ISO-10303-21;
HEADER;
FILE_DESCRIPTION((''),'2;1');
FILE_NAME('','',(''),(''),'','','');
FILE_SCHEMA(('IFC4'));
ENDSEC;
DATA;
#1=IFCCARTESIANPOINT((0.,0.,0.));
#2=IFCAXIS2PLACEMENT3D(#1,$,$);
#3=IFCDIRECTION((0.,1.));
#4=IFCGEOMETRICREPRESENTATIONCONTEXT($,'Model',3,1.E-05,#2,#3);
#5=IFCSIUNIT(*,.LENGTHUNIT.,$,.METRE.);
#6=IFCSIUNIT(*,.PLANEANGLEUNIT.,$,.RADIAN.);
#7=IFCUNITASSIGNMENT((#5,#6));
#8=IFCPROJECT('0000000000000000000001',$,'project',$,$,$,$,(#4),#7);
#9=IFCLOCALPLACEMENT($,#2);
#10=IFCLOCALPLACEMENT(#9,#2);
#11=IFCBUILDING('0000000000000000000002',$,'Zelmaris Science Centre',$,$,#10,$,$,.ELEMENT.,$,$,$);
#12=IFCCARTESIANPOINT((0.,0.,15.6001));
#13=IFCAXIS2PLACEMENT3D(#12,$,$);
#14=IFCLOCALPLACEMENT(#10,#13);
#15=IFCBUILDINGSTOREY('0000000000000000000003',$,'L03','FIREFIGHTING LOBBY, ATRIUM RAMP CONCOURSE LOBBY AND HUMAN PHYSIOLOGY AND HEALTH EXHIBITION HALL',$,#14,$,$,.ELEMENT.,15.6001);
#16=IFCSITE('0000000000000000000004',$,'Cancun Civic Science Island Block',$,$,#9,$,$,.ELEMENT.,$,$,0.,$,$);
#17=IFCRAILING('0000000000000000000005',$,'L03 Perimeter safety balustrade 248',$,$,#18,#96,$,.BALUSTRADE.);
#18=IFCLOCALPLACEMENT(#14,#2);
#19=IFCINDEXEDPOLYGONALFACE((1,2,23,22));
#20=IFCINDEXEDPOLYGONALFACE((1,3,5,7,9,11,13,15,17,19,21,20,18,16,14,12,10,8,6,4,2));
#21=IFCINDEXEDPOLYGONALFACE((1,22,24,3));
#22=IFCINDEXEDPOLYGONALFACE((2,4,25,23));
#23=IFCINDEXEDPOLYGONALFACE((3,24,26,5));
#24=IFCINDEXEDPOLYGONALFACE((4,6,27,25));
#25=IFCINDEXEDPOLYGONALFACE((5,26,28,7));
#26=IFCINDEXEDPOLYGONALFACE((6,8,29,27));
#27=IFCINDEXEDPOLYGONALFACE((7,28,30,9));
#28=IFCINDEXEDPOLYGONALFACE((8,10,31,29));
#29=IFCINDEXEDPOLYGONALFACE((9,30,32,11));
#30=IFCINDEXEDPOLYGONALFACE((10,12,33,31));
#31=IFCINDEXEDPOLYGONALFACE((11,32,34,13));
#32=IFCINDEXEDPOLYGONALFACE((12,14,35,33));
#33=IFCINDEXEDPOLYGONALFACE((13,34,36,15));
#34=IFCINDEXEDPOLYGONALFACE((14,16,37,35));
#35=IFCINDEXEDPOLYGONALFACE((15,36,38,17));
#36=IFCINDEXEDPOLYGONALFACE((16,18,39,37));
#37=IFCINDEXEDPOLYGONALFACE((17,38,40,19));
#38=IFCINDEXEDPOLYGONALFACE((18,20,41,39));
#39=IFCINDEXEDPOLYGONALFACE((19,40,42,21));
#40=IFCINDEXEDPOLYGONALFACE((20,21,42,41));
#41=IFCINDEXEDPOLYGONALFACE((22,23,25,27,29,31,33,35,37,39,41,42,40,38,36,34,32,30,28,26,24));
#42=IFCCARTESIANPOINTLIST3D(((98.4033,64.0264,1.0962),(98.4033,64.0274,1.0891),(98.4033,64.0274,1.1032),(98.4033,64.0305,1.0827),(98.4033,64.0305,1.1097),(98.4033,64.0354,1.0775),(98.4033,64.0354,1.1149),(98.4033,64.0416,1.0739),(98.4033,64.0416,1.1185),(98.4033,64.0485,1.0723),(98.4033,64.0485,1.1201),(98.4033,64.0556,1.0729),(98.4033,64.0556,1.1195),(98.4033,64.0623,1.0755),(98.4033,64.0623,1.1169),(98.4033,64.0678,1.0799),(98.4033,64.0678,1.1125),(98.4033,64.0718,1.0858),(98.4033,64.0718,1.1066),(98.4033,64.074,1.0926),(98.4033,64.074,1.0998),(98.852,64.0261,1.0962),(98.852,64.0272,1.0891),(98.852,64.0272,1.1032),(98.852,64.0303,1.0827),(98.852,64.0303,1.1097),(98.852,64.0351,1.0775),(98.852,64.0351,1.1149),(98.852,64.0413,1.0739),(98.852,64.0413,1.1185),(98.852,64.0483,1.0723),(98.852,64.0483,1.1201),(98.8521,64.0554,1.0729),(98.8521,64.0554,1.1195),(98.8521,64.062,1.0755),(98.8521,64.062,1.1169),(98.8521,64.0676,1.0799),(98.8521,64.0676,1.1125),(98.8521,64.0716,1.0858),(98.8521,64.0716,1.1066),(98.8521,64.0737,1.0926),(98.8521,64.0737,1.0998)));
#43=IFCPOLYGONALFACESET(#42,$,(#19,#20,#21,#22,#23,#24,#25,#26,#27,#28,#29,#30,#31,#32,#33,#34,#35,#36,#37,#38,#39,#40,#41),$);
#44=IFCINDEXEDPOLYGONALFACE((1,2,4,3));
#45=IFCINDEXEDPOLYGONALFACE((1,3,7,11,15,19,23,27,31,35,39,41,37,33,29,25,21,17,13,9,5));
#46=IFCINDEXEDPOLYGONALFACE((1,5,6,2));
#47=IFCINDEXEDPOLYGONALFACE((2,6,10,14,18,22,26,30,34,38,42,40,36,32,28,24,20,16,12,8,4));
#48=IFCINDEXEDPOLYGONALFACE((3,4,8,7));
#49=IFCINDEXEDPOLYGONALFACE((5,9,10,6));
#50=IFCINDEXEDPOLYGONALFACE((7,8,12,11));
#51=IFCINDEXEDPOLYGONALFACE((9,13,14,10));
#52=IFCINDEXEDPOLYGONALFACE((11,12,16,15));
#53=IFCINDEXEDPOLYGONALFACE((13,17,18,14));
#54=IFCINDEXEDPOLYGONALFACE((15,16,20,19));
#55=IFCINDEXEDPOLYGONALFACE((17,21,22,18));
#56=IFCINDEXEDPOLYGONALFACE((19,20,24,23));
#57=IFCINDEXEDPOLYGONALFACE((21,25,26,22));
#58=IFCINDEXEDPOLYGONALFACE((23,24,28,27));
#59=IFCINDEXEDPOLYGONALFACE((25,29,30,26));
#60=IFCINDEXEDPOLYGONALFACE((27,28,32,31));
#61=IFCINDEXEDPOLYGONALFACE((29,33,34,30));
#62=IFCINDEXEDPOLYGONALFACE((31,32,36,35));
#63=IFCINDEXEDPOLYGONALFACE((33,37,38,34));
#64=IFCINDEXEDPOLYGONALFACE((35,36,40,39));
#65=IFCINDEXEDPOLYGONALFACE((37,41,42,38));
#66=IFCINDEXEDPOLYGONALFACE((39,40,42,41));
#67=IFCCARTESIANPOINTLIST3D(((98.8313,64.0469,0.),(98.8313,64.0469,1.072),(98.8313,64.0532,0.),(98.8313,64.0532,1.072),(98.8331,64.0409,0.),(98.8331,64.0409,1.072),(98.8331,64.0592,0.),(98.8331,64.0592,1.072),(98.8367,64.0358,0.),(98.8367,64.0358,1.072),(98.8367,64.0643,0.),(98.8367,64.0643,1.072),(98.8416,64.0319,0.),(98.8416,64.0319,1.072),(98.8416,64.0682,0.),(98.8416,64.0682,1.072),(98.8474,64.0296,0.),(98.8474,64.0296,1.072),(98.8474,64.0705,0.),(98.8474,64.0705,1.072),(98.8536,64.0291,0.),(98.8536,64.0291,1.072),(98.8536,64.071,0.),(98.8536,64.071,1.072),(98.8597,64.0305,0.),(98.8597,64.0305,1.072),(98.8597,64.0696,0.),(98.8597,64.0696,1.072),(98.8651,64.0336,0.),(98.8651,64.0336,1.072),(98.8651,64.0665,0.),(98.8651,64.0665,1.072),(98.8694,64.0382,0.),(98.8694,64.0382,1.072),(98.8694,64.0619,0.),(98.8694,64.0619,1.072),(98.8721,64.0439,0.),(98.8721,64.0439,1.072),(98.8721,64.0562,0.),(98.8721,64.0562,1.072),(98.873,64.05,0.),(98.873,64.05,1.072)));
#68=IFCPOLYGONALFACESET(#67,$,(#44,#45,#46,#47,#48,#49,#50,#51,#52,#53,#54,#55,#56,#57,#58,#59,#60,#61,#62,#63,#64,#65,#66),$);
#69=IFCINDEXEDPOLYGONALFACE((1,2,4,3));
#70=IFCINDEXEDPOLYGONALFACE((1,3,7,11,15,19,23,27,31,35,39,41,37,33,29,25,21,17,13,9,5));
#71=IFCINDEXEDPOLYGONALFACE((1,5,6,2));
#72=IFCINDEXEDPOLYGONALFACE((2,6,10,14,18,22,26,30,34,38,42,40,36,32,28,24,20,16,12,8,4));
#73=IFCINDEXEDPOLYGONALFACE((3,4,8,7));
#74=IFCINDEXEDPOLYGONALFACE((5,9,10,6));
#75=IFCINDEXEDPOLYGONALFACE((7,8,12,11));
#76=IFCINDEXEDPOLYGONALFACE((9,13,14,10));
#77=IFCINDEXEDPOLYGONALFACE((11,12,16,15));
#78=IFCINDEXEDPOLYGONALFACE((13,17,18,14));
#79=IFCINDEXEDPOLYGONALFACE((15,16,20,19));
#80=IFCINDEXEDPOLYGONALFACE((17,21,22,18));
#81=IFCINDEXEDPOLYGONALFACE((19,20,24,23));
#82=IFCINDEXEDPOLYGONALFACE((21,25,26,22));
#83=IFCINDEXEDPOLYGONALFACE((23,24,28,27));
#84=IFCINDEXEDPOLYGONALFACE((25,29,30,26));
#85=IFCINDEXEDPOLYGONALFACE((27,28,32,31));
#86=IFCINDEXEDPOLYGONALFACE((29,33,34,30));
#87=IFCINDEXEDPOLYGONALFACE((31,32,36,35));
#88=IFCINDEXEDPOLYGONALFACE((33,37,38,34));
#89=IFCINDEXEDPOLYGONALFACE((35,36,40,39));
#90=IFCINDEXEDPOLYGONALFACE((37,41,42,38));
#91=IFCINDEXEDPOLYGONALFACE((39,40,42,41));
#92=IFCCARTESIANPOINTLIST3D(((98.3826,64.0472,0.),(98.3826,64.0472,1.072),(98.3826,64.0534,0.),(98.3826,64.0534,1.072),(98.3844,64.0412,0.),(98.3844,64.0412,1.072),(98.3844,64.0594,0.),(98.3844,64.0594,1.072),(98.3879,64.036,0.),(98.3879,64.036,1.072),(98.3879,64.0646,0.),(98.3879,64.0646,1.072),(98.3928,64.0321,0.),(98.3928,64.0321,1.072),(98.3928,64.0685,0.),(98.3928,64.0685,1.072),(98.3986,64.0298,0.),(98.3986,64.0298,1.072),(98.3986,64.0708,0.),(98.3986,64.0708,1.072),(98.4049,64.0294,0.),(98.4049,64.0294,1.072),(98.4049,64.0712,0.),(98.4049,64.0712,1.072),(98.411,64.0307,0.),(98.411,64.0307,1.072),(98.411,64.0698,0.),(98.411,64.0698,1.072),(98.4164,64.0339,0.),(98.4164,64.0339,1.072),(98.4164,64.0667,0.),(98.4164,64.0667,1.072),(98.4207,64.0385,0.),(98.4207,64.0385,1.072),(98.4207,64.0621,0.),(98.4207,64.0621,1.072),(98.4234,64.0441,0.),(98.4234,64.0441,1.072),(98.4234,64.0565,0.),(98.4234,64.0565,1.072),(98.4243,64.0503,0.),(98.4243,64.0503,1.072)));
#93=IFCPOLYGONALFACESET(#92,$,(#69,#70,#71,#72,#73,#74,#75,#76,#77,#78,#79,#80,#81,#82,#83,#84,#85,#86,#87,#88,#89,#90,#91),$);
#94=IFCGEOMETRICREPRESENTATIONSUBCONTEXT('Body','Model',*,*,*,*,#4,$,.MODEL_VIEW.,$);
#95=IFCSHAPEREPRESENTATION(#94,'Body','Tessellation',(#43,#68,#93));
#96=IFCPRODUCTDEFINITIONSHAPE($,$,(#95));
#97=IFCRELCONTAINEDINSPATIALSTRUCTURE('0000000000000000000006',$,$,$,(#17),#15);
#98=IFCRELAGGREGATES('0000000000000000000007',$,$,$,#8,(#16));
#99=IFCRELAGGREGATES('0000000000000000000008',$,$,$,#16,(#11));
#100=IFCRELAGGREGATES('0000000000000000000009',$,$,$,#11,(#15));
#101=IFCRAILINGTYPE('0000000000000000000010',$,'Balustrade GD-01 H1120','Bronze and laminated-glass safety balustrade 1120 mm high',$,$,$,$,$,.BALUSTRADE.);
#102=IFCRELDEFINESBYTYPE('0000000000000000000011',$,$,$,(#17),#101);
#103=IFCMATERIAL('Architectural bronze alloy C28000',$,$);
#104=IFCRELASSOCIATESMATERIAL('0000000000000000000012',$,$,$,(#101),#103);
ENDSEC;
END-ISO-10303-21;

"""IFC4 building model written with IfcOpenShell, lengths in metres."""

from ifc_helpers import new_model, si_unit, direction, frame, origin, origin_2d, place, context, subcontext, project, spatial, circle, extrude, material, type_object, element, save


model = new_model("IFC4")

# Units and contexts
model_context = context("Model", 3, precision=1e-05, world=origin(), true_north=direction((0.0, 1.0)))
body_context = subcontext(model_context, "Body", "Model", "MODEL_VIEW")
ifc_project = project(units=[si_unit("LENGTHUNIT", "METRE"), si_unit("PLANEANGLEUNIT", "RADIAN")], contexts=[model_context])

# Site, building, storey
site_placement = place(None, origin())
site = spatial("IfcSite", under=ifc_project, at=site_placement, Name="Cancun Civic Science Island Block", CompositionType="ELEMENT", RefElevation=0.0)
building_placement = place(site_placement, origin())
building = spatial("IfcBuilding", under=site, at=building_placement, Name="Zelmaris Science Centre", CompositionType="ELEMENT")
storey_placement = place(building_placement, frame((0.0, 0.0, 15.6001)))
storey = spatial("IfcBuildingStorey", under=building, at=storey_placement, Name="L03", Description="FIREFIGHTING LOBBY, ATRIUM RAMP CONCOURSE LOBBY AND HUMAN PHYSIOLOGY AND HEALTH EXHIBITION HALL", CompositionType="ELEMENT", Elevation=15.6001)

# Railing
ifc_material_1 = material(Name="Architectural bronze alloy C28000")
railing_type = type_object("IfcRailingType", Name="Balustrade GD-01 H1120", Description="Bronze and laminated-glass safety balustrade 1120 mm high", PredefinedType="BALUSTRADE", material=ifc_material_1)
railing_1_placement = place(storey_placement, frame((98.8521, 64.05, 0.0)))
element("IfcRailing", 1, at=railing_1_placement, inside=storey, type_object=railing_type, Name="L03 Perimeter safety balustrade 248", PredefinedType="BALUSTRADE", context=body_context, shape_type="SweptSolid", body=[
    extrude(circle(Radius=0.0239, at=origin_2d()), frame((0.0, 0.0, 1.0962), z_axis=(-1.0, 0.000544, 0.0), x_axis=(-0.000544, -1.0, 0.0)), (0.0, 0.0, 1.0), 0.4487),
    extrude(circle(Radius=0.021, at=origin_2d()), origin(), (0.0, 0.0, 1.0), 1.072),
    extrude(circle(Radius=0.021, at=origin_2d()), frame((-0.4487, 0.0002, 0.0)), (0.0, 0.0, 1.0), 1.072),
])

save(model, "model.ifc")
